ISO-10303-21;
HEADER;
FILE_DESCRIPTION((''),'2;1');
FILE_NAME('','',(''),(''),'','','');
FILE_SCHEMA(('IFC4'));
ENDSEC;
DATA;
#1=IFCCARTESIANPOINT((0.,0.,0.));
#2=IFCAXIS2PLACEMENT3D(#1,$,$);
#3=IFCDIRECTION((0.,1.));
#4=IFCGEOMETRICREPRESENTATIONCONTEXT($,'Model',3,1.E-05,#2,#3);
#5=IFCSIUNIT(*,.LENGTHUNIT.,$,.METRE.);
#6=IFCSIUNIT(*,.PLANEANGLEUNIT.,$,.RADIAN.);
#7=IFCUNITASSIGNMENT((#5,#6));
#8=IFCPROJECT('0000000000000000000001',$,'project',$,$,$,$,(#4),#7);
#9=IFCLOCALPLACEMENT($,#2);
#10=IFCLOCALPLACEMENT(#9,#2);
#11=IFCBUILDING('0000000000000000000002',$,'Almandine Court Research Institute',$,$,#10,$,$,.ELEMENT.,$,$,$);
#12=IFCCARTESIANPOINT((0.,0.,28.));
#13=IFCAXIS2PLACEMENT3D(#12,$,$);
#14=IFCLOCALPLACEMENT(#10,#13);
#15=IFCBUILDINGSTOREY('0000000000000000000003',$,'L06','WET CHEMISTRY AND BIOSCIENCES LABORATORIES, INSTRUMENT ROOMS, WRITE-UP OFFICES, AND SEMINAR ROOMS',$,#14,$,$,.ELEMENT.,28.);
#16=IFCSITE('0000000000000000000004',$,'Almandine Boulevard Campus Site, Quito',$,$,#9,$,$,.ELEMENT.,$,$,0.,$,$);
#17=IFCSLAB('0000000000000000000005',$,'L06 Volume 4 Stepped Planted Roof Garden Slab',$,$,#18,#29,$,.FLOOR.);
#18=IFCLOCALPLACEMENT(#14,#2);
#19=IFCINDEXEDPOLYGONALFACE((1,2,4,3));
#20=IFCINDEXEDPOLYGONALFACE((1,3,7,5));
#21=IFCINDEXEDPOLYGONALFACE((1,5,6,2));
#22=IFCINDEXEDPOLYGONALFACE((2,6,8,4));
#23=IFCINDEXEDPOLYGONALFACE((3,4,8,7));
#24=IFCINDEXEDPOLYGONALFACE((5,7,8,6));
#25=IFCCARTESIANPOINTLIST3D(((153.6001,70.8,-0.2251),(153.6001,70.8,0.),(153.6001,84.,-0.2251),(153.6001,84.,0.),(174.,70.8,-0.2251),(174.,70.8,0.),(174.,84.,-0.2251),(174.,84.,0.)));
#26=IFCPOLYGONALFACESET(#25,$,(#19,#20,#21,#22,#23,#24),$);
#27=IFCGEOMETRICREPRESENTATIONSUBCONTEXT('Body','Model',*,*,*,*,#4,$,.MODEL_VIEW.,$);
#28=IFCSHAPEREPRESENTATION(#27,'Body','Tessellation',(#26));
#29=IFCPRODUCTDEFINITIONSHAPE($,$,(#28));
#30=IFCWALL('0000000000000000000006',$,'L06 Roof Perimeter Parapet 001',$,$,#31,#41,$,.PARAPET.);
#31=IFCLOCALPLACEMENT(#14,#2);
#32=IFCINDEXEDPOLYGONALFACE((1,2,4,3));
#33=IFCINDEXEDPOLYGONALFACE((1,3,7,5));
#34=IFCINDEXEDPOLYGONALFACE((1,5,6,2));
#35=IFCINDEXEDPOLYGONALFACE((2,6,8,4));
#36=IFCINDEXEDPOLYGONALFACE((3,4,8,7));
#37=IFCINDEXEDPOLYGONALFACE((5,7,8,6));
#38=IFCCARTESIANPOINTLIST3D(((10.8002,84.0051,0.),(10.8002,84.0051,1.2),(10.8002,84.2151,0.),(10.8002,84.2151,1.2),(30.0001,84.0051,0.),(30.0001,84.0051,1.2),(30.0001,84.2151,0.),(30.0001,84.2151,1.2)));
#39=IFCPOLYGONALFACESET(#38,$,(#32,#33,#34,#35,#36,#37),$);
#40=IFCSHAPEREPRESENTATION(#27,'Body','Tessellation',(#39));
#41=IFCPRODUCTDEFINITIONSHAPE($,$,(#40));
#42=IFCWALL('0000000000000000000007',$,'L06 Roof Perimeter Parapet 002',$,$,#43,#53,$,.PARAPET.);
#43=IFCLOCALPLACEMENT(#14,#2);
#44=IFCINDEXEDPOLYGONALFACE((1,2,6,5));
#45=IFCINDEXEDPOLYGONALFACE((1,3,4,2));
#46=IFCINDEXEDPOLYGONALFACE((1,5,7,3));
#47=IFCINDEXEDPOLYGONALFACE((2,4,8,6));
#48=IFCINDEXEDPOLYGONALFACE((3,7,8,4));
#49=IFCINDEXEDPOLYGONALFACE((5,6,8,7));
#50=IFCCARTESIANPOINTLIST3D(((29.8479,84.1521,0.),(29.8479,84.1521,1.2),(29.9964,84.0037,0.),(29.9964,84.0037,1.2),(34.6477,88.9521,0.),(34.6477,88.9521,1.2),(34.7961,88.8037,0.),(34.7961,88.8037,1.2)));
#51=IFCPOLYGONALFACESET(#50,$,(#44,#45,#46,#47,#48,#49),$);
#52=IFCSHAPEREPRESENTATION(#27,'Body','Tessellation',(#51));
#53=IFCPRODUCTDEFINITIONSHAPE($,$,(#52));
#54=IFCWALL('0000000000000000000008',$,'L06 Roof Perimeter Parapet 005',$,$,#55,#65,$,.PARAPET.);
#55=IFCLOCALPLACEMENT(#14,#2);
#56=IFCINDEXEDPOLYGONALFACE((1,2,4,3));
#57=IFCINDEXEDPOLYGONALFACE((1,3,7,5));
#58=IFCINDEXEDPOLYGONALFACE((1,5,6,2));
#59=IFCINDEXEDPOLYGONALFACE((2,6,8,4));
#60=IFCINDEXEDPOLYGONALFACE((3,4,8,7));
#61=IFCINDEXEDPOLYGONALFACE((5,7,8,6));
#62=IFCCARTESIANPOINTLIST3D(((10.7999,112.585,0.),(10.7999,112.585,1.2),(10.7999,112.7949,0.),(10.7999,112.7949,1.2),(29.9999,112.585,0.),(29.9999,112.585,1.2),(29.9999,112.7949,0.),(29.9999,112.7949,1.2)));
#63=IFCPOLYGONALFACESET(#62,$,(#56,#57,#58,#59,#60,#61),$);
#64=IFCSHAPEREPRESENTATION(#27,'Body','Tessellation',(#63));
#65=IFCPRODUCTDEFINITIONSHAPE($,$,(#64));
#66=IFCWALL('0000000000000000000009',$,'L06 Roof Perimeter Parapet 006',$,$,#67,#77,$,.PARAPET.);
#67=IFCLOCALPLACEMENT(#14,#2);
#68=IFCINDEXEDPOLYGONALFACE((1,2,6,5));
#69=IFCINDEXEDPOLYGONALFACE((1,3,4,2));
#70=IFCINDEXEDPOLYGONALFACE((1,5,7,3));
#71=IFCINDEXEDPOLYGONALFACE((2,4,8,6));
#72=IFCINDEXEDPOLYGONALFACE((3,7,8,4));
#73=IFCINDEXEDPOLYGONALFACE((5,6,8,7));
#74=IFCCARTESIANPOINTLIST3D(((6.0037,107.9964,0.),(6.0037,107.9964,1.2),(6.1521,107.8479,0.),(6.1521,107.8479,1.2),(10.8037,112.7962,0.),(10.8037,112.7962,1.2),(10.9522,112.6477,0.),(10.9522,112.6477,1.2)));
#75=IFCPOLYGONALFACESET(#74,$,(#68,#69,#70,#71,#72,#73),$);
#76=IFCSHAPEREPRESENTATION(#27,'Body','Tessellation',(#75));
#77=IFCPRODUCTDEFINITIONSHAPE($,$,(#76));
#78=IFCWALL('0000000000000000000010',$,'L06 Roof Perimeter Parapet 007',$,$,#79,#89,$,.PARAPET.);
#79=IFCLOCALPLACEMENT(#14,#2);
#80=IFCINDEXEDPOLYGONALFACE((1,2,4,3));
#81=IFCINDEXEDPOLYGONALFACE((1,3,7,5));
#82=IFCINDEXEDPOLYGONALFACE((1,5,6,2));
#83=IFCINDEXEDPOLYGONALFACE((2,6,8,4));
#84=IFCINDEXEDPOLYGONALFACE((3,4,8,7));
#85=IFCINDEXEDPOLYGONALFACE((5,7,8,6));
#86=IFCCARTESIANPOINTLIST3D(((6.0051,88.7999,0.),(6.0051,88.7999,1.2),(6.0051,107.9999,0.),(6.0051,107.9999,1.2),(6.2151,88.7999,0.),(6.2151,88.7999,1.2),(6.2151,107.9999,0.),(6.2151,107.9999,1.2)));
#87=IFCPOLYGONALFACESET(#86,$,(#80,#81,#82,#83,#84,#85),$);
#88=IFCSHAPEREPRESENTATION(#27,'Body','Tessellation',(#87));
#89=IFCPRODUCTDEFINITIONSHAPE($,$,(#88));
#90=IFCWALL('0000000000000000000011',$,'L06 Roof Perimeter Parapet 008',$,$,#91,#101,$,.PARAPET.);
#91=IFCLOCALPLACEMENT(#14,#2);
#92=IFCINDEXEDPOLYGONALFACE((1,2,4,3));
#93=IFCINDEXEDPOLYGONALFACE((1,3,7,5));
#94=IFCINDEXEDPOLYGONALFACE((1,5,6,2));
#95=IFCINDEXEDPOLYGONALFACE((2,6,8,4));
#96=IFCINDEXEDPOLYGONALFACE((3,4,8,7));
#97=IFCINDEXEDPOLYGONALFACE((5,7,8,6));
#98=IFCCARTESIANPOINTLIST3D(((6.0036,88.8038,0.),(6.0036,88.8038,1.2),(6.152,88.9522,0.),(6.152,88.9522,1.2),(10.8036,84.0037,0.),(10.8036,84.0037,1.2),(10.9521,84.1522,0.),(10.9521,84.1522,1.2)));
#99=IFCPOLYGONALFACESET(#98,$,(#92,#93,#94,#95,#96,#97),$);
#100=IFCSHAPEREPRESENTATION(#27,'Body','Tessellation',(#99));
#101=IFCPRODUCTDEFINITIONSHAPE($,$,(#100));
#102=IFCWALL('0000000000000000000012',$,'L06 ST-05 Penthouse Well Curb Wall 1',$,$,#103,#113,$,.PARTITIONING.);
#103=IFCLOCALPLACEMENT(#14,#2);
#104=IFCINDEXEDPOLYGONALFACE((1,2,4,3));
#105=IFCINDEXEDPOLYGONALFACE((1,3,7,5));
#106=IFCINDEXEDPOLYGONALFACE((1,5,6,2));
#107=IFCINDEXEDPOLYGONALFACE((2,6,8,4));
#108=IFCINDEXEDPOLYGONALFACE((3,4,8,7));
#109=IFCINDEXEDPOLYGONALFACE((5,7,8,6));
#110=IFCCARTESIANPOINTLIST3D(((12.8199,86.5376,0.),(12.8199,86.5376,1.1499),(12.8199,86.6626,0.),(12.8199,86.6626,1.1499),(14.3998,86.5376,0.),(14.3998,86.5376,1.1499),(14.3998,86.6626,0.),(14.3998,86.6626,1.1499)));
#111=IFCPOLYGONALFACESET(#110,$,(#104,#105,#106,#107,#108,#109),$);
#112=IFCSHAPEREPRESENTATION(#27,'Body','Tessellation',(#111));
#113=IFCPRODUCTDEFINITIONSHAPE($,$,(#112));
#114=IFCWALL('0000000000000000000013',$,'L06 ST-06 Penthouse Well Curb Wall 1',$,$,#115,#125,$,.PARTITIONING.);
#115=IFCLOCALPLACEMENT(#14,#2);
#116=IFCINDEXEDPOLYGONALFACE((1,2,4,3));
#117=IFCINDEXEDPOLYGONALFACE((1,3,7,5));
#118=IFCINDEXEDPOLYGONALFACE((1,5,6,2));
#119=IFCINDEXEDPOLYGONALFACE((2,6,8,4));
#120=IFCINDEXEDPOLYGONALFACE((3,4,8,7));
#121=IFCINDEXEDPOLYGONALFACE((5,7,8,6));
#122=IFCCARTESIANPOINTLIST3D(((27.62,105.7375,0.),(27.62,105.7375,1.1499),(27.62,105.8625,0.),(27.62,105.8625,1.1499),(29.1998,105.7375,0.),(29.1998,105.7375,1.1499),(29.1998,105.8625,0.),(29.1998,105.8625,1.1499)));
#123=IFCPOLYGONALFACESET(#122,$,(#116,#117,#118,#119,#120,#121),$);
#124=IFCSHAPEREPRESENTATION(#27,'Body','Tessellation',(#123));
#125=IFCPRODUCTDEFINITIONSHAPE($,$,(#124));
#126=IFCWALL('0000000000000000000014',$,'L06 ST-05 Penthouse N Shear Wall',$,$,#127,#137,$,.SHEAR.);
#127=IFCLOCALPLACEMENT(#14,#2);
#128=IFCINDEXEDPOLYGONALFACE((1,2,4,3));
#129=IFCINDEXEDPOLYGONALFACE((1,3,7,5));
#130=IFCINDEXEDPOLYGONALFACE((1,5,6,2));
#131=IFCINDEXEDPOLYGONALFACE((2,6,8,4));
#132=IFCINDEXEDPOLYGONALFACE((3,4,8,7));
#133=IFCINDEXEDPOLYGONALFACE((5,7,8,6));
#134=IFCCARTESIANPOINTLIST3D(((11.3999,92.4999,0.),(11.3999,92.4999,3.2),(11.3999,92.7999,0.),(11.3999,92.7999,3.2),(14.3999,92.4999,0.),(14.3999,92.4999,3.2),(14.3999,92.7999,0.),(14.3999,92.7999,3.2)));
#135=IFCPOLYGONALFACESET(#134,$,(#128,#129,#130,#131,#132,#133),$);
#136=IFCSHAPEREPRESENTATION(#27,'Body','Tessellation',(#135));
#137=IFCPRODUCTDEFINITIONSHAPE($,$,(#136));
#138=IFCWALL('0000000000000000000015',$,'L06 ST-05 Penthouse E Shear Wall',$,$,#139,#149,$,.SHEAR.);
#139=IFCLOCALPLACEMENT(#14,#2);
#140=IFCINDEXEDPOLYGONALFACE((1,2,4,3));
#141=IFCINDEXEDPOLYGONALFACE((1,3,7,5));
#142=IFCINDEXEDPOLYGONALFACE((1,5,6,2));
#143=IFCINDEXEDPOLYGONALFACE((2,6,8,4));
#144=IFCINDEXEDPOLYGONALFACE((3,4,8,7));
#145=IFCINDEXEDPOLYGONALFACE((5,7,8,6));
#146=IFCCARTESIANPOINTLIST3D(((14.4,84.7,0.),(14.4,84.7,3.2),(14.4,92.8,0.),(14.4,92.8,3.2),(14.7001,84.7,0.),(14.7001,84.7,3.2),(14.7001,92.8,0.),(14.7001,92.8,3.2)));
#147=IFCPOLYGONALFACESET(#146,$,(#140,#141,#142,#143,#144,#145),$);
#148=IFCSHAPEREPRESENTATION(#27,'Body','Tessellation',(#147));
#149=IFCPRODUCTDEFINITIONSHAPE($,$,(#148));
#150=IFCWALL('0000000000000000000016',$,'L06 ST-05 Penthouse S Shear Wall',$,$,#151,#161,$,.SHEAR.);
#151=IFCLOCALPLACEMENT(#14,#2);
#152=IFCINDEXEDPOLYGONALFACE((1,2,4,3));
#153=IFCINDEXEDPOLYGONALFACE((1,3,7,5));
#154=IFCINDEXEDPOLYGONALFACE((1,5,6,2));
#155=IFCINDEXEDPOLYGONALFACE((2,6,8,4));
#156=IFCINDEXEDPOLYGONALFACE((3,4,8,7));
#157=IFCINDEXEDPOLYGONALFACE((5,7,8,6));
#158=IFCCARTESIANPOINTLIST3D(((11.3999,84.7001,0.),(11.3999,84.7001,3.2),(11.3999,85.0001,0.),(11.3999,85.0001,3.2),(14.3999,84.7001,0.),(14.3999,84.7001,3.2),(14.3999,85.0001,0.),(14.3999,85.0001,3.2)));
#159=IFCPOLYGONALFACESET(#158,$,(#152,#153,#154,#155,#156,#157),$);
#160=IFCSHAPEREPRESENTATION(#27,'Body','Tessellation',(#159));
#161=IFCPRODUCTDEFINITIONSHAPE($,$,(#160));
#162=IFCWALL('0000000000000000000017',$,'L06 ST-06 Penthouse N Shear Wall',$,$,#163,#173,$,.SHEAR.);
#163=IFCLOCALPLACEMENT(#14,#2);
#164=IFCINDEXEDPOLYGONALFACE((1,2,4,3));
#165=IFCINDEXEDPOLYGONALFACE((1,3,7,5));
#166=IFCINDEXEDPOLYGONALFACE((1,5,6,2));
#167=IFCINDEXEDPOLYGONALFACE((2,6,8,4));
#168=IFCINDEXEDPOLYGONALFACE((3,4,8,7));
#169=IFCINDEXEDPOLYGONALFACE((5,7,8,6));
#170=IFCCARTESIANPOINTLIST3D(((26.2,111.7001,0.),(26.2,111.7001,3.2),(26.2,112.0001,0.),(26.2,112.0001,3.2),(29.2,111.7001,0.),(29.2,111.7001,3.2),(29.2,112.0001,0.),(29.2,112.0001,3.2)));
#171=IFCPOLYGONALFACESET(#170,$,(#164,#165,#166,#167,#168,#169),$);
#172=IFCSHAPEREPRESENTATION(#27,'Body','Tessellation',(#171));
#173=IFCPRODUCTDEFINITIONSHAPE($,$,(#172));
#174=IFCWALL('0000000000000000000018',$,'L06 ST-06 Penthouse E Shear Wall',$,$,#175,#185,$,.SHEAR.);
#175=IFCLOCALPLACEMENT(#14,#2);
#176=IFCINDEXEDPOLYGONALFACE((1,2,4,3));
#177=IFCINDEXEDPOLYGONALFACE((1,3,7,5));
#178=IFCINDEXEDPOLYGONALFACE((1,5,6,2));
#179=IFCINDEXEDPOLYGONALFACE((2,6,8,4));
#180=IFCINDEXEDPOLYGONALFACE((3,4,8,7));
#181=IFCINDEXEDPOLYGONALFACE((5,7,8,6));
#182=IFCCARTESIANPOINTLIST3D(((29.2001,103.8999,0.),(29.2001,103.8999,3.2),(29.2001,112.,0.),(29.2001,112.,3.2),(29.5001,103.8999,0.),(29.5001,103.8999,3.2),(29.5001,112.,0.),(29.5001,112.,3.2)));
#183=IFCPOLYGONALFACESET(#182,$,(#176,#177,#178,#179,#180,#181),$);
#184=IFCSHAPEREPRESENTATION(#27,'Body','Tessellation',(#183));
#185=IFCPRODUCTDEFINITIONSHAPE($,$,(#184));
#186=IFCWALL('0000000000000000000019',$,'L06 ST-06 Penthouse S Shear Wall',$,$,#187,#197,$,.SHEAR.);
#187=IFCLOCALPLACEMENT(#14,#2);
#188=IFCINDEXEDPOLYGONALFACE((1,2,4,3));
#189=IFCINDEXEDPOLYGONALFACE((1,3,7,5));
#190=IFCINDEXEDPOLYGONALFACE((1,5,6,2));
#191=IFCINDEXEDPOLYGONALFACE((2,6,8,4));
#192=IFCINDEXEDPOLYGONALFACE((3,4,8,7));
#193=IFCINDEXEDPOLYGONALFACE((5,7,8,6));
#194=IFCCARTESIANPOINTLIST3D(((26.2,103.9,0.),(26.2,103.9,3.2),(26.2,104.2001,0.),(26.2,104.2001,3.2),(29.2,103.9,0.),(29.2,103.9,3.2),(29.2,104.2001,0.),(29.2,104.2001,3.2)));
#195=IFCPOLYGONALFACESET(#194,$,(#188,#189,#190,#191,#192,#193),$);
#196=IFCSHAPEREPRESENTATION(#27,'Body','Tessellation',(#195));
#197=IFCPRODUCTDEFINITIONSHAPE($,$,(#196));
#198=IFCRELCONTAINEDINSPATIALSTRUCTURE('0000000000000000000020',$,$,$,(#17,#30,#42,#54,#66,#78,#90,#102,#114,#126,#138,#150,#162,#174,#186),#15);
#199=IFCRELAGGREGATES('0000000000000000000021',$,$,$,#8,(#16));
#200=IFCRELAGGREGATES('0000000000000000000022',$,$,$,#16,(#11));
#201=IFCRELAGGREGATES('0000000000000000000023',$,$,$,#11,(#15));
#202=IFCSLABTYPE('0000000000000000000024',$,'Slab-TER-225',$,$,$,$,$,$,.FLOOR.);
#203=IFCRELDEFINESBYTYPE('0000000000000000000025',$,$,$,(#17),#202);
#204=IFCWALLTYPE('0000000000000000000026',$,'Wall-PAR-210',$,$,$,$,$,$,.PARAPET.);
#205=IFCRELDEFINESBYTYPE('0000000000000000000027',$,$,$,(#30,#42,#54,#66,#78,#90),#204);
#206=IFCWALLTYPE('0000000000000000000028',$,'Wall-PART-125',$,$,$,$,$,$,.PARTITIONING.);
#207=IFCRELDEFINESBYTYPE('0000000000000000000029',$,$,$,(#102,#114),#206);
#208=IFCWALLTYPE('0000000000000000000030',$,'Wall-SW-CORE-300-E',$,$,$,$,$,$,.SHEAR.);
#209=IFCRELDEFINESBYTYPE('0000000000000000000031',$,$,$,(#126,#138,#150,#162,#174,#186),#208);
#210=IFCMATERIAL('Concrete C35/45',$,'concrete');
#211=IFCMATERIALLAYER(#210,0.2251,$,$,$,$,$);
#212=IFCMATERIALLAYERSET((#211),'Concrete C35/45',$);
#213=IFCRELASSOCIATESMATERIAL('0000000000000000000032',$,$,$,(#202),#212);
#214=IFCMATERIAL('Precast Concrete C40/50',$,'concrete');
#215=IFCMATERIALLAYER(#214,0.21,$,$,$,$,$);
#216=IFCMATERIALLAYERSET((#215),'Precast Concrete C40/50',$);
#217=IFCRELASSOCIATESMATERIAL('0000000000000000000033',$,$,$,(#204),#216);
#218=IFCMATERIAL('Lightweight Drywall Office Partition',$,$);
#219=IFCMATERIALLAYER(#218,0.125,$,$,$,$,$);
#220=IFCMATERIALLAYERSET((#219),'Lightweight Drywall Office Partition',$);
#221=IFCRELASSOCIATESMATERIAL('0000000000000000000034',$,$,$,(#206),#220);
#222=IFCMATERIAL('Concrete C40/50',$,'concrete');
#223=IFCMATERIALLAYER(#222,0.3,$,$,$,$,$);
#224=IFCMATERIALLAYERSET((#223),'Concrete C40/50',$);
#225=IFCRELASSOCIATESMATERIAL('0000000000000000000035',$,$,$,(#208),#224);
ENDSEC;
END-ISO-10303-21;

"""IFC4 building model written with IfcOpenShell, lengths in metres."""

from ifc_helpers import new_model, si_unit, direction, frame, frame_2d, origin, place, context, subcontext, project, spatial, polyline, rectangle, outline, extrude, material, layer, layer_set, type_object, element, save


model = new_model("IFC4")

# Units and contexts
model_context = context("Model", 3, precision=1e-05, world=origin(), true_north=direction((0.0, 1.0)))
body_context = subcontext(model_context, "Body", "Model", "MODEL_VIEW")
ifc_project = project(units=[si_unit("LENGTHUNIT", "METRE"), si_unit("PLANEANGLEUNIT", "RADIAN")], contexts=[model_context])

# Site, building, storey
site_placement = place(None, origin())
site = spatial("IfcSite", under=ifc_project, at=site_placement, Name="Almandine Boulevard Campus Site, Quito", CompositionType="ELEMENT", RefElevation=0.0)
building_placement = place(site_placement, origin())
building = spatial("IfcBuilding", under=site, at=building_placement, Name="Almandine Court Research Institute", CompositionType="ELEMENT")
storey_placement = place(building_placement, frame((0.0, 0.0, 28.0)))
storey = spatial("IfcBuildingStorey", under=building, at=storey_placement, Name="L06", Description="WET CHEMISTRY AND BIOSCIENCES LABORATORIES, INSTRUMENT ROOMS, WRITE-UP OFFICES, AND SEMINAR ROOMS", CompositionType="ELEMENT", Elevation=28.0)

# Shared definitions
ifc_material_1 = material(Name="Concrete C35/45", Category="concrete")

# Slab
ifc_layer_1 = layer(ifc_material_1, 0.2251)
ifc_layer_set_1 = layer_set([ifc_layer_1], Name="Concrete C35/45")
slab_type_1 = type_object("IfcSlabType", Name="Slab-TER-225", PredefinedType="FLOOR", material=ifc_layer_set_1)
slab_1_placement = place(storey_placement, frame((0.0, 0.0, -0.2251)))
element("IfcSlab", 1, at=slab_1_placement, inside=storey, type_object=slab_type_1, Name="L06 Volume 4 Stepped Planted Roof Garden Slab", PredefinedType="FLOOR", context=body_context, shape_type="SweptSolid", body=[
    extrude(outline(polyline([(153.6001, 70.8), (174.0, 70.8), (174.0, 84.0), (153.6001, 84.0), (153.6001, 70.8)])), origin(), (0.0, 0.0, 1.0), 0.2251),
])

# Walls
ifc_material_2 = material(Name="Precast Concrete C40/50", Category="concrete")
ifc_layer_2 = layer(ifc_material_2, 0.21)
ifc_layer_set_2 = layer_set([ifc_layer_2], Name="Precast Concrete C40/50")
wall_type_1 = type_object("IfcWallType", Name="Wall-PAR-210", PredefinedType="PARAPET", material=ifc_layer_set_2)
wall_1_placement = place(storey_placement, frame((10.8, 84.1101, 0.0), z_axis=(0.0, 0.0, 1.0), x_axis=(1.0, 0.0, 0.0)))
element("IfcWall", 2, at=wall_1_placement, inside=storey, type_object=wall_type_1, Name="L06 Roof Perimeter Parapet 001", PredefinedType="PARAPET", context=body_context, shape_type="SweptSolid", body=[
    extrude(rectangle(XDim=19.2, YDim=0.21, at=frame_2d((9.6001, 0.0))), origin(), (0.0, 0.0, 1.0), 1.2),
])
wall_2_placement = place(storey_placement, frame((29.9221, 84.0779, 0.0), z_axis=(0.0, 0.0, 1.0), x_axis=(0.707089, 0.707125, 0.0)))
element("IfcWall", 3, at=wall_2_placement, inside=storey, type_object=wall_type_1, Name="L06 Roof Perimeter Parapet 002", PredefinedType="PARAPET", context=body_context, shape_type="SweptSolid", body=[
    extrude(rectangle(XDim=6.7881, YDim=0.21, at=frame_2d((3.394, 0.0))), origin(), (0.0, 0.0, 1.0), 1.2),
])
wall_3_placement = place(storey_placement, frame((30.0, 112.6899, 0.0), z_axis=(0.0, 0.0, 1.0), x_axis=(-1.0, 0.0, 0.0)))
element("IfcWall", 4, at=wall_3_placement, inside=storey, type_object=wall_type_1, Name="L06 Roof Perimeter Parapet 005", PredefinedType="PARAPET", context=body_context, shape_type="SweptSolid", body=[
    extrude(rectangle(XDim=19.2, YDim=0.21, at=frame_2d((9.6001, 0.0))), origin(), (0.0, 0.0, 1.0), 1.2),
])
wall_4_placement = place(storey_placement, frame((10.8779, 112.7219, 0.0), z_axis=(0.0, 0.0, 1.0), x_axis=(-0.707125, -0.707089, 0.0)))
element("IfcWall", 5, at=wall_4_placement, inside=storey, type_object=wall_type_1, Name="L06 Roof Perimeter Parapet 006", PredefinedType="PARAPET", context=body_context, shape_type="SweptSolid", body=[
    extrude(rectangle(XDim=6.7881, YDim=0.21, at=frame_2d((3.394, 0.0))), origin(), (0.0, 0.0, 1.0), 1.2),
])
wall_5_placement = place(storey_placement, frame((6.1101, 108.0, 0.0), z_axis=(0.0, 0.0, 1.0), x_axis=(0.0, -1.0, 0.0)))
element("IfcWall", 6, at=wall_5_placement, inside=storey, type_object=wall_type_1, Name="L06 Roof Perimeter Parapet 007", PredefinedType="PARAPET", context=body_context, shape_type="SweptSolid", body=[
    extrude(rectangle(XDim=19.2, YDim=0.21, at=frame_2d((9.6001, 0.0))), origin(), (0.0, 0.0, 1.0), 1.2),
])
wall_6_placement = place(storey_placement, frame((6.0779, 88.8779, 0.0), z_axis=(0.0, 0.0, 1.0), x_axis=(0.707107, -0.707107, 0.0)))
element("IfcWall", 7, at=wall_6_placement, inside=storey, type_object=wall_type_1, Name="L06 Roof Perimeter Parapet 008", PredefinedType="PARAPET", context=body_context, shape_type="SweptSolid", body=[
    extrude(rectangle(XDim=6.7883, YDim=0.21, at=frame_2d((3.394, 0.0))), origin(), (0.0, 0.0, 1.0), 1.2),
])
ifc_material_3 = material(Name="Lightweight Drywall Office Partition")
ifc_layer_3 = layer(ifc_material_3, 0.125)
ifc_layer_set_3 = layer_set([ifc_layer_3], Name="Lightweight Drywall Office Partition")
wall_type_2 = type_object("IfcWallType", Name="Wall-PART-125", PredefinedType="PARTITIONING", material=ifc_layer_set_3)
for number, where, z_axis, x_axis, name in (
    (8, (14.3999, 86.6001, 0.0), (0.0, 0.0, 1.0), (-1.0, 0.0, 0.0), "L06 ST-05 Penthouse Well Curb Wall 1"),
    (9, (29.2, 105.8, 0.0), (0.0, 0.0, 1.0), (-1.0, 0.0, 0.0), "L06 ST-06 Penthouse Well Curb Wall 1"),
):
    element("IfcWall", number, at=place(storey_placement, frame(where, z_axis=z_axis, x_axis=x_axis)), inside=storey, type_object=wall_type_2, Name=name, PredefinedType="PARTITIONING", context=body_context, shape_type="SweptSolid", body=[
        extrude(rectangle(XDim=1.5798, YDim=0.125, at=frame_2d((0.79, 0.0))), origin(), (0.0, 0.0, 1.0), 1.1499),
    ])

# Shared definitions
ifc_material_4 = material(Name="Concrete C40/50", Category="concrete")
ifc_layer_4 = layer(ifc_material_4, 0.3)
ifc_layer_set_4 = layer_set([ifc_layer_4], Name="Concrete C40/50")
wall_type_3 = type_object("IfcWallType", Name="Wall-SW-CORE-300-E", PredefinedType="SHEAR", material=ifc_layer_set_4)

# Walls
wall_7_placement = place(storey_placement, frame((11.3999, 92.6499, 0.0), z_axis=(0.0, 0.0, 1.0), x_axis=(1.0, 0.0, 0.0)))
element("IfcWall", 10, at=wall_7_placement, inside=storey, type_object=wall_type_3, Name="L06 ST-05 Penthouse N Shear Wall", PredefinedType="SHEAR", context=body_context, shape_type="SweptSolid", body=[
    extrude(rectangle(XDim=3.0, YDim=0.3, at=frame_2d((1.5, 0.0))), origin(), (0.0, 0.0, 1.0), 3.2),
])
wall_8_placement = place(storey_placement, frame((14.55, 92.8, 0.0), z_axis=(0.0, 0.0, 1.0), x_axis=(0.0, -1.0, 0.0)))
element("IfcWall", 11, at=wall_8_placement, inside=storey, type_object=wall_type_3, Name="L06 ST-05 Penthouse E Shear Wall", PredefinedType="SHEAR", context=body_context, shape_type="SweptSolid", body=[
    extrude(rectangle(XDim=8.1001, YDim=0.3, at=frame_2d((4.05, 0.0))), origin(), (0.0, 0.0, 1.0), 3.2),
])
wall_9_placement = place(storey_placement, frame((14.3999, 84.8501, 0.0), z_axis=(0.0, 0.0, 1.0), x_axis=(-1.0, 0.0, 0.0)))
element("IfcWall", 12, at=wall_9_placement, inside=storey, type_object=wall_type_3, Name="L06 ST-05 Penthouse S Shear Wall", PredefinedType="SHEAR", context=body_context, shape_type="SweptSolid", body=[
    extrude(rectangle(XDim=3.0, YDim=0.3, at=frame_2d((1.5, 0.0))), origin(), (0.0, 0.0, 1.0), 3.2),
])

# Walls
wall_10_placement = place(storey_placement, frame((26.2, 111.8501, 0.0), z_axis=(0.0, 0.0, 1.0), x_axis=(1.0, 0.0, 0.0)))
element("IfcWall", 13, at=wall_10_placement, inside=storey, type_object=wall_type_3, Name="L06 ST-06 Penthouse N Shear Wall", PredefinedType="SHEAR", context=body_context, shape_type="SweptSolid", body=[
    extrude(rectangle(XDim=3.0, YDim=0.3, at=frame_2d((1.5, 0.0))), origin(), (0.0, 0.0, 1.0), 3.2),
])
wall_11_placement = place(storey_placement, frame((29.3501, 112.0, 0.0), z_axis=(0.0, 0.0, 1.0), x_axis=(0.0, -1.0, 0.0)))
element("IfcWall", 14, at=wall_11_placement, inside=storey, type_object=wall_type_3, Name="L06 ST-06 Penthouse E Shear Wall", PredefinedType="SHEAR", context=body_context, shape_type="SweptSolid", body=[
    extrude(rectangle(XDim=8.1001, YDim=0.3, at=frame_2d((4.05, 0.0))), origin(), (0.0, 0.0, 1.0), 3.2),
])
wall_12_placement = place(storey_placement, frame((29.2, 104.05, 0.0), z_axis=(0.0, 0.0, 1.0), x_axis=(-1.0, 0.0, 0.0)))
element("IfcWall", 15, at=wall_12_placement, inside=storey, type_object=wall_type_3, Name="L06 ST-06 Penthouse S Shear Wall", PredefinedType="SHEAR", context=body_context, shape_type="SweptSolid", body=[
    extrude(rectangle(XDim=3.0, YDim=0.3, at=frame_2d((1.5, 0.0))), origin(), (0.0, 0.0, 1.0), 3.2),
])

save(model, "model.ifc")
